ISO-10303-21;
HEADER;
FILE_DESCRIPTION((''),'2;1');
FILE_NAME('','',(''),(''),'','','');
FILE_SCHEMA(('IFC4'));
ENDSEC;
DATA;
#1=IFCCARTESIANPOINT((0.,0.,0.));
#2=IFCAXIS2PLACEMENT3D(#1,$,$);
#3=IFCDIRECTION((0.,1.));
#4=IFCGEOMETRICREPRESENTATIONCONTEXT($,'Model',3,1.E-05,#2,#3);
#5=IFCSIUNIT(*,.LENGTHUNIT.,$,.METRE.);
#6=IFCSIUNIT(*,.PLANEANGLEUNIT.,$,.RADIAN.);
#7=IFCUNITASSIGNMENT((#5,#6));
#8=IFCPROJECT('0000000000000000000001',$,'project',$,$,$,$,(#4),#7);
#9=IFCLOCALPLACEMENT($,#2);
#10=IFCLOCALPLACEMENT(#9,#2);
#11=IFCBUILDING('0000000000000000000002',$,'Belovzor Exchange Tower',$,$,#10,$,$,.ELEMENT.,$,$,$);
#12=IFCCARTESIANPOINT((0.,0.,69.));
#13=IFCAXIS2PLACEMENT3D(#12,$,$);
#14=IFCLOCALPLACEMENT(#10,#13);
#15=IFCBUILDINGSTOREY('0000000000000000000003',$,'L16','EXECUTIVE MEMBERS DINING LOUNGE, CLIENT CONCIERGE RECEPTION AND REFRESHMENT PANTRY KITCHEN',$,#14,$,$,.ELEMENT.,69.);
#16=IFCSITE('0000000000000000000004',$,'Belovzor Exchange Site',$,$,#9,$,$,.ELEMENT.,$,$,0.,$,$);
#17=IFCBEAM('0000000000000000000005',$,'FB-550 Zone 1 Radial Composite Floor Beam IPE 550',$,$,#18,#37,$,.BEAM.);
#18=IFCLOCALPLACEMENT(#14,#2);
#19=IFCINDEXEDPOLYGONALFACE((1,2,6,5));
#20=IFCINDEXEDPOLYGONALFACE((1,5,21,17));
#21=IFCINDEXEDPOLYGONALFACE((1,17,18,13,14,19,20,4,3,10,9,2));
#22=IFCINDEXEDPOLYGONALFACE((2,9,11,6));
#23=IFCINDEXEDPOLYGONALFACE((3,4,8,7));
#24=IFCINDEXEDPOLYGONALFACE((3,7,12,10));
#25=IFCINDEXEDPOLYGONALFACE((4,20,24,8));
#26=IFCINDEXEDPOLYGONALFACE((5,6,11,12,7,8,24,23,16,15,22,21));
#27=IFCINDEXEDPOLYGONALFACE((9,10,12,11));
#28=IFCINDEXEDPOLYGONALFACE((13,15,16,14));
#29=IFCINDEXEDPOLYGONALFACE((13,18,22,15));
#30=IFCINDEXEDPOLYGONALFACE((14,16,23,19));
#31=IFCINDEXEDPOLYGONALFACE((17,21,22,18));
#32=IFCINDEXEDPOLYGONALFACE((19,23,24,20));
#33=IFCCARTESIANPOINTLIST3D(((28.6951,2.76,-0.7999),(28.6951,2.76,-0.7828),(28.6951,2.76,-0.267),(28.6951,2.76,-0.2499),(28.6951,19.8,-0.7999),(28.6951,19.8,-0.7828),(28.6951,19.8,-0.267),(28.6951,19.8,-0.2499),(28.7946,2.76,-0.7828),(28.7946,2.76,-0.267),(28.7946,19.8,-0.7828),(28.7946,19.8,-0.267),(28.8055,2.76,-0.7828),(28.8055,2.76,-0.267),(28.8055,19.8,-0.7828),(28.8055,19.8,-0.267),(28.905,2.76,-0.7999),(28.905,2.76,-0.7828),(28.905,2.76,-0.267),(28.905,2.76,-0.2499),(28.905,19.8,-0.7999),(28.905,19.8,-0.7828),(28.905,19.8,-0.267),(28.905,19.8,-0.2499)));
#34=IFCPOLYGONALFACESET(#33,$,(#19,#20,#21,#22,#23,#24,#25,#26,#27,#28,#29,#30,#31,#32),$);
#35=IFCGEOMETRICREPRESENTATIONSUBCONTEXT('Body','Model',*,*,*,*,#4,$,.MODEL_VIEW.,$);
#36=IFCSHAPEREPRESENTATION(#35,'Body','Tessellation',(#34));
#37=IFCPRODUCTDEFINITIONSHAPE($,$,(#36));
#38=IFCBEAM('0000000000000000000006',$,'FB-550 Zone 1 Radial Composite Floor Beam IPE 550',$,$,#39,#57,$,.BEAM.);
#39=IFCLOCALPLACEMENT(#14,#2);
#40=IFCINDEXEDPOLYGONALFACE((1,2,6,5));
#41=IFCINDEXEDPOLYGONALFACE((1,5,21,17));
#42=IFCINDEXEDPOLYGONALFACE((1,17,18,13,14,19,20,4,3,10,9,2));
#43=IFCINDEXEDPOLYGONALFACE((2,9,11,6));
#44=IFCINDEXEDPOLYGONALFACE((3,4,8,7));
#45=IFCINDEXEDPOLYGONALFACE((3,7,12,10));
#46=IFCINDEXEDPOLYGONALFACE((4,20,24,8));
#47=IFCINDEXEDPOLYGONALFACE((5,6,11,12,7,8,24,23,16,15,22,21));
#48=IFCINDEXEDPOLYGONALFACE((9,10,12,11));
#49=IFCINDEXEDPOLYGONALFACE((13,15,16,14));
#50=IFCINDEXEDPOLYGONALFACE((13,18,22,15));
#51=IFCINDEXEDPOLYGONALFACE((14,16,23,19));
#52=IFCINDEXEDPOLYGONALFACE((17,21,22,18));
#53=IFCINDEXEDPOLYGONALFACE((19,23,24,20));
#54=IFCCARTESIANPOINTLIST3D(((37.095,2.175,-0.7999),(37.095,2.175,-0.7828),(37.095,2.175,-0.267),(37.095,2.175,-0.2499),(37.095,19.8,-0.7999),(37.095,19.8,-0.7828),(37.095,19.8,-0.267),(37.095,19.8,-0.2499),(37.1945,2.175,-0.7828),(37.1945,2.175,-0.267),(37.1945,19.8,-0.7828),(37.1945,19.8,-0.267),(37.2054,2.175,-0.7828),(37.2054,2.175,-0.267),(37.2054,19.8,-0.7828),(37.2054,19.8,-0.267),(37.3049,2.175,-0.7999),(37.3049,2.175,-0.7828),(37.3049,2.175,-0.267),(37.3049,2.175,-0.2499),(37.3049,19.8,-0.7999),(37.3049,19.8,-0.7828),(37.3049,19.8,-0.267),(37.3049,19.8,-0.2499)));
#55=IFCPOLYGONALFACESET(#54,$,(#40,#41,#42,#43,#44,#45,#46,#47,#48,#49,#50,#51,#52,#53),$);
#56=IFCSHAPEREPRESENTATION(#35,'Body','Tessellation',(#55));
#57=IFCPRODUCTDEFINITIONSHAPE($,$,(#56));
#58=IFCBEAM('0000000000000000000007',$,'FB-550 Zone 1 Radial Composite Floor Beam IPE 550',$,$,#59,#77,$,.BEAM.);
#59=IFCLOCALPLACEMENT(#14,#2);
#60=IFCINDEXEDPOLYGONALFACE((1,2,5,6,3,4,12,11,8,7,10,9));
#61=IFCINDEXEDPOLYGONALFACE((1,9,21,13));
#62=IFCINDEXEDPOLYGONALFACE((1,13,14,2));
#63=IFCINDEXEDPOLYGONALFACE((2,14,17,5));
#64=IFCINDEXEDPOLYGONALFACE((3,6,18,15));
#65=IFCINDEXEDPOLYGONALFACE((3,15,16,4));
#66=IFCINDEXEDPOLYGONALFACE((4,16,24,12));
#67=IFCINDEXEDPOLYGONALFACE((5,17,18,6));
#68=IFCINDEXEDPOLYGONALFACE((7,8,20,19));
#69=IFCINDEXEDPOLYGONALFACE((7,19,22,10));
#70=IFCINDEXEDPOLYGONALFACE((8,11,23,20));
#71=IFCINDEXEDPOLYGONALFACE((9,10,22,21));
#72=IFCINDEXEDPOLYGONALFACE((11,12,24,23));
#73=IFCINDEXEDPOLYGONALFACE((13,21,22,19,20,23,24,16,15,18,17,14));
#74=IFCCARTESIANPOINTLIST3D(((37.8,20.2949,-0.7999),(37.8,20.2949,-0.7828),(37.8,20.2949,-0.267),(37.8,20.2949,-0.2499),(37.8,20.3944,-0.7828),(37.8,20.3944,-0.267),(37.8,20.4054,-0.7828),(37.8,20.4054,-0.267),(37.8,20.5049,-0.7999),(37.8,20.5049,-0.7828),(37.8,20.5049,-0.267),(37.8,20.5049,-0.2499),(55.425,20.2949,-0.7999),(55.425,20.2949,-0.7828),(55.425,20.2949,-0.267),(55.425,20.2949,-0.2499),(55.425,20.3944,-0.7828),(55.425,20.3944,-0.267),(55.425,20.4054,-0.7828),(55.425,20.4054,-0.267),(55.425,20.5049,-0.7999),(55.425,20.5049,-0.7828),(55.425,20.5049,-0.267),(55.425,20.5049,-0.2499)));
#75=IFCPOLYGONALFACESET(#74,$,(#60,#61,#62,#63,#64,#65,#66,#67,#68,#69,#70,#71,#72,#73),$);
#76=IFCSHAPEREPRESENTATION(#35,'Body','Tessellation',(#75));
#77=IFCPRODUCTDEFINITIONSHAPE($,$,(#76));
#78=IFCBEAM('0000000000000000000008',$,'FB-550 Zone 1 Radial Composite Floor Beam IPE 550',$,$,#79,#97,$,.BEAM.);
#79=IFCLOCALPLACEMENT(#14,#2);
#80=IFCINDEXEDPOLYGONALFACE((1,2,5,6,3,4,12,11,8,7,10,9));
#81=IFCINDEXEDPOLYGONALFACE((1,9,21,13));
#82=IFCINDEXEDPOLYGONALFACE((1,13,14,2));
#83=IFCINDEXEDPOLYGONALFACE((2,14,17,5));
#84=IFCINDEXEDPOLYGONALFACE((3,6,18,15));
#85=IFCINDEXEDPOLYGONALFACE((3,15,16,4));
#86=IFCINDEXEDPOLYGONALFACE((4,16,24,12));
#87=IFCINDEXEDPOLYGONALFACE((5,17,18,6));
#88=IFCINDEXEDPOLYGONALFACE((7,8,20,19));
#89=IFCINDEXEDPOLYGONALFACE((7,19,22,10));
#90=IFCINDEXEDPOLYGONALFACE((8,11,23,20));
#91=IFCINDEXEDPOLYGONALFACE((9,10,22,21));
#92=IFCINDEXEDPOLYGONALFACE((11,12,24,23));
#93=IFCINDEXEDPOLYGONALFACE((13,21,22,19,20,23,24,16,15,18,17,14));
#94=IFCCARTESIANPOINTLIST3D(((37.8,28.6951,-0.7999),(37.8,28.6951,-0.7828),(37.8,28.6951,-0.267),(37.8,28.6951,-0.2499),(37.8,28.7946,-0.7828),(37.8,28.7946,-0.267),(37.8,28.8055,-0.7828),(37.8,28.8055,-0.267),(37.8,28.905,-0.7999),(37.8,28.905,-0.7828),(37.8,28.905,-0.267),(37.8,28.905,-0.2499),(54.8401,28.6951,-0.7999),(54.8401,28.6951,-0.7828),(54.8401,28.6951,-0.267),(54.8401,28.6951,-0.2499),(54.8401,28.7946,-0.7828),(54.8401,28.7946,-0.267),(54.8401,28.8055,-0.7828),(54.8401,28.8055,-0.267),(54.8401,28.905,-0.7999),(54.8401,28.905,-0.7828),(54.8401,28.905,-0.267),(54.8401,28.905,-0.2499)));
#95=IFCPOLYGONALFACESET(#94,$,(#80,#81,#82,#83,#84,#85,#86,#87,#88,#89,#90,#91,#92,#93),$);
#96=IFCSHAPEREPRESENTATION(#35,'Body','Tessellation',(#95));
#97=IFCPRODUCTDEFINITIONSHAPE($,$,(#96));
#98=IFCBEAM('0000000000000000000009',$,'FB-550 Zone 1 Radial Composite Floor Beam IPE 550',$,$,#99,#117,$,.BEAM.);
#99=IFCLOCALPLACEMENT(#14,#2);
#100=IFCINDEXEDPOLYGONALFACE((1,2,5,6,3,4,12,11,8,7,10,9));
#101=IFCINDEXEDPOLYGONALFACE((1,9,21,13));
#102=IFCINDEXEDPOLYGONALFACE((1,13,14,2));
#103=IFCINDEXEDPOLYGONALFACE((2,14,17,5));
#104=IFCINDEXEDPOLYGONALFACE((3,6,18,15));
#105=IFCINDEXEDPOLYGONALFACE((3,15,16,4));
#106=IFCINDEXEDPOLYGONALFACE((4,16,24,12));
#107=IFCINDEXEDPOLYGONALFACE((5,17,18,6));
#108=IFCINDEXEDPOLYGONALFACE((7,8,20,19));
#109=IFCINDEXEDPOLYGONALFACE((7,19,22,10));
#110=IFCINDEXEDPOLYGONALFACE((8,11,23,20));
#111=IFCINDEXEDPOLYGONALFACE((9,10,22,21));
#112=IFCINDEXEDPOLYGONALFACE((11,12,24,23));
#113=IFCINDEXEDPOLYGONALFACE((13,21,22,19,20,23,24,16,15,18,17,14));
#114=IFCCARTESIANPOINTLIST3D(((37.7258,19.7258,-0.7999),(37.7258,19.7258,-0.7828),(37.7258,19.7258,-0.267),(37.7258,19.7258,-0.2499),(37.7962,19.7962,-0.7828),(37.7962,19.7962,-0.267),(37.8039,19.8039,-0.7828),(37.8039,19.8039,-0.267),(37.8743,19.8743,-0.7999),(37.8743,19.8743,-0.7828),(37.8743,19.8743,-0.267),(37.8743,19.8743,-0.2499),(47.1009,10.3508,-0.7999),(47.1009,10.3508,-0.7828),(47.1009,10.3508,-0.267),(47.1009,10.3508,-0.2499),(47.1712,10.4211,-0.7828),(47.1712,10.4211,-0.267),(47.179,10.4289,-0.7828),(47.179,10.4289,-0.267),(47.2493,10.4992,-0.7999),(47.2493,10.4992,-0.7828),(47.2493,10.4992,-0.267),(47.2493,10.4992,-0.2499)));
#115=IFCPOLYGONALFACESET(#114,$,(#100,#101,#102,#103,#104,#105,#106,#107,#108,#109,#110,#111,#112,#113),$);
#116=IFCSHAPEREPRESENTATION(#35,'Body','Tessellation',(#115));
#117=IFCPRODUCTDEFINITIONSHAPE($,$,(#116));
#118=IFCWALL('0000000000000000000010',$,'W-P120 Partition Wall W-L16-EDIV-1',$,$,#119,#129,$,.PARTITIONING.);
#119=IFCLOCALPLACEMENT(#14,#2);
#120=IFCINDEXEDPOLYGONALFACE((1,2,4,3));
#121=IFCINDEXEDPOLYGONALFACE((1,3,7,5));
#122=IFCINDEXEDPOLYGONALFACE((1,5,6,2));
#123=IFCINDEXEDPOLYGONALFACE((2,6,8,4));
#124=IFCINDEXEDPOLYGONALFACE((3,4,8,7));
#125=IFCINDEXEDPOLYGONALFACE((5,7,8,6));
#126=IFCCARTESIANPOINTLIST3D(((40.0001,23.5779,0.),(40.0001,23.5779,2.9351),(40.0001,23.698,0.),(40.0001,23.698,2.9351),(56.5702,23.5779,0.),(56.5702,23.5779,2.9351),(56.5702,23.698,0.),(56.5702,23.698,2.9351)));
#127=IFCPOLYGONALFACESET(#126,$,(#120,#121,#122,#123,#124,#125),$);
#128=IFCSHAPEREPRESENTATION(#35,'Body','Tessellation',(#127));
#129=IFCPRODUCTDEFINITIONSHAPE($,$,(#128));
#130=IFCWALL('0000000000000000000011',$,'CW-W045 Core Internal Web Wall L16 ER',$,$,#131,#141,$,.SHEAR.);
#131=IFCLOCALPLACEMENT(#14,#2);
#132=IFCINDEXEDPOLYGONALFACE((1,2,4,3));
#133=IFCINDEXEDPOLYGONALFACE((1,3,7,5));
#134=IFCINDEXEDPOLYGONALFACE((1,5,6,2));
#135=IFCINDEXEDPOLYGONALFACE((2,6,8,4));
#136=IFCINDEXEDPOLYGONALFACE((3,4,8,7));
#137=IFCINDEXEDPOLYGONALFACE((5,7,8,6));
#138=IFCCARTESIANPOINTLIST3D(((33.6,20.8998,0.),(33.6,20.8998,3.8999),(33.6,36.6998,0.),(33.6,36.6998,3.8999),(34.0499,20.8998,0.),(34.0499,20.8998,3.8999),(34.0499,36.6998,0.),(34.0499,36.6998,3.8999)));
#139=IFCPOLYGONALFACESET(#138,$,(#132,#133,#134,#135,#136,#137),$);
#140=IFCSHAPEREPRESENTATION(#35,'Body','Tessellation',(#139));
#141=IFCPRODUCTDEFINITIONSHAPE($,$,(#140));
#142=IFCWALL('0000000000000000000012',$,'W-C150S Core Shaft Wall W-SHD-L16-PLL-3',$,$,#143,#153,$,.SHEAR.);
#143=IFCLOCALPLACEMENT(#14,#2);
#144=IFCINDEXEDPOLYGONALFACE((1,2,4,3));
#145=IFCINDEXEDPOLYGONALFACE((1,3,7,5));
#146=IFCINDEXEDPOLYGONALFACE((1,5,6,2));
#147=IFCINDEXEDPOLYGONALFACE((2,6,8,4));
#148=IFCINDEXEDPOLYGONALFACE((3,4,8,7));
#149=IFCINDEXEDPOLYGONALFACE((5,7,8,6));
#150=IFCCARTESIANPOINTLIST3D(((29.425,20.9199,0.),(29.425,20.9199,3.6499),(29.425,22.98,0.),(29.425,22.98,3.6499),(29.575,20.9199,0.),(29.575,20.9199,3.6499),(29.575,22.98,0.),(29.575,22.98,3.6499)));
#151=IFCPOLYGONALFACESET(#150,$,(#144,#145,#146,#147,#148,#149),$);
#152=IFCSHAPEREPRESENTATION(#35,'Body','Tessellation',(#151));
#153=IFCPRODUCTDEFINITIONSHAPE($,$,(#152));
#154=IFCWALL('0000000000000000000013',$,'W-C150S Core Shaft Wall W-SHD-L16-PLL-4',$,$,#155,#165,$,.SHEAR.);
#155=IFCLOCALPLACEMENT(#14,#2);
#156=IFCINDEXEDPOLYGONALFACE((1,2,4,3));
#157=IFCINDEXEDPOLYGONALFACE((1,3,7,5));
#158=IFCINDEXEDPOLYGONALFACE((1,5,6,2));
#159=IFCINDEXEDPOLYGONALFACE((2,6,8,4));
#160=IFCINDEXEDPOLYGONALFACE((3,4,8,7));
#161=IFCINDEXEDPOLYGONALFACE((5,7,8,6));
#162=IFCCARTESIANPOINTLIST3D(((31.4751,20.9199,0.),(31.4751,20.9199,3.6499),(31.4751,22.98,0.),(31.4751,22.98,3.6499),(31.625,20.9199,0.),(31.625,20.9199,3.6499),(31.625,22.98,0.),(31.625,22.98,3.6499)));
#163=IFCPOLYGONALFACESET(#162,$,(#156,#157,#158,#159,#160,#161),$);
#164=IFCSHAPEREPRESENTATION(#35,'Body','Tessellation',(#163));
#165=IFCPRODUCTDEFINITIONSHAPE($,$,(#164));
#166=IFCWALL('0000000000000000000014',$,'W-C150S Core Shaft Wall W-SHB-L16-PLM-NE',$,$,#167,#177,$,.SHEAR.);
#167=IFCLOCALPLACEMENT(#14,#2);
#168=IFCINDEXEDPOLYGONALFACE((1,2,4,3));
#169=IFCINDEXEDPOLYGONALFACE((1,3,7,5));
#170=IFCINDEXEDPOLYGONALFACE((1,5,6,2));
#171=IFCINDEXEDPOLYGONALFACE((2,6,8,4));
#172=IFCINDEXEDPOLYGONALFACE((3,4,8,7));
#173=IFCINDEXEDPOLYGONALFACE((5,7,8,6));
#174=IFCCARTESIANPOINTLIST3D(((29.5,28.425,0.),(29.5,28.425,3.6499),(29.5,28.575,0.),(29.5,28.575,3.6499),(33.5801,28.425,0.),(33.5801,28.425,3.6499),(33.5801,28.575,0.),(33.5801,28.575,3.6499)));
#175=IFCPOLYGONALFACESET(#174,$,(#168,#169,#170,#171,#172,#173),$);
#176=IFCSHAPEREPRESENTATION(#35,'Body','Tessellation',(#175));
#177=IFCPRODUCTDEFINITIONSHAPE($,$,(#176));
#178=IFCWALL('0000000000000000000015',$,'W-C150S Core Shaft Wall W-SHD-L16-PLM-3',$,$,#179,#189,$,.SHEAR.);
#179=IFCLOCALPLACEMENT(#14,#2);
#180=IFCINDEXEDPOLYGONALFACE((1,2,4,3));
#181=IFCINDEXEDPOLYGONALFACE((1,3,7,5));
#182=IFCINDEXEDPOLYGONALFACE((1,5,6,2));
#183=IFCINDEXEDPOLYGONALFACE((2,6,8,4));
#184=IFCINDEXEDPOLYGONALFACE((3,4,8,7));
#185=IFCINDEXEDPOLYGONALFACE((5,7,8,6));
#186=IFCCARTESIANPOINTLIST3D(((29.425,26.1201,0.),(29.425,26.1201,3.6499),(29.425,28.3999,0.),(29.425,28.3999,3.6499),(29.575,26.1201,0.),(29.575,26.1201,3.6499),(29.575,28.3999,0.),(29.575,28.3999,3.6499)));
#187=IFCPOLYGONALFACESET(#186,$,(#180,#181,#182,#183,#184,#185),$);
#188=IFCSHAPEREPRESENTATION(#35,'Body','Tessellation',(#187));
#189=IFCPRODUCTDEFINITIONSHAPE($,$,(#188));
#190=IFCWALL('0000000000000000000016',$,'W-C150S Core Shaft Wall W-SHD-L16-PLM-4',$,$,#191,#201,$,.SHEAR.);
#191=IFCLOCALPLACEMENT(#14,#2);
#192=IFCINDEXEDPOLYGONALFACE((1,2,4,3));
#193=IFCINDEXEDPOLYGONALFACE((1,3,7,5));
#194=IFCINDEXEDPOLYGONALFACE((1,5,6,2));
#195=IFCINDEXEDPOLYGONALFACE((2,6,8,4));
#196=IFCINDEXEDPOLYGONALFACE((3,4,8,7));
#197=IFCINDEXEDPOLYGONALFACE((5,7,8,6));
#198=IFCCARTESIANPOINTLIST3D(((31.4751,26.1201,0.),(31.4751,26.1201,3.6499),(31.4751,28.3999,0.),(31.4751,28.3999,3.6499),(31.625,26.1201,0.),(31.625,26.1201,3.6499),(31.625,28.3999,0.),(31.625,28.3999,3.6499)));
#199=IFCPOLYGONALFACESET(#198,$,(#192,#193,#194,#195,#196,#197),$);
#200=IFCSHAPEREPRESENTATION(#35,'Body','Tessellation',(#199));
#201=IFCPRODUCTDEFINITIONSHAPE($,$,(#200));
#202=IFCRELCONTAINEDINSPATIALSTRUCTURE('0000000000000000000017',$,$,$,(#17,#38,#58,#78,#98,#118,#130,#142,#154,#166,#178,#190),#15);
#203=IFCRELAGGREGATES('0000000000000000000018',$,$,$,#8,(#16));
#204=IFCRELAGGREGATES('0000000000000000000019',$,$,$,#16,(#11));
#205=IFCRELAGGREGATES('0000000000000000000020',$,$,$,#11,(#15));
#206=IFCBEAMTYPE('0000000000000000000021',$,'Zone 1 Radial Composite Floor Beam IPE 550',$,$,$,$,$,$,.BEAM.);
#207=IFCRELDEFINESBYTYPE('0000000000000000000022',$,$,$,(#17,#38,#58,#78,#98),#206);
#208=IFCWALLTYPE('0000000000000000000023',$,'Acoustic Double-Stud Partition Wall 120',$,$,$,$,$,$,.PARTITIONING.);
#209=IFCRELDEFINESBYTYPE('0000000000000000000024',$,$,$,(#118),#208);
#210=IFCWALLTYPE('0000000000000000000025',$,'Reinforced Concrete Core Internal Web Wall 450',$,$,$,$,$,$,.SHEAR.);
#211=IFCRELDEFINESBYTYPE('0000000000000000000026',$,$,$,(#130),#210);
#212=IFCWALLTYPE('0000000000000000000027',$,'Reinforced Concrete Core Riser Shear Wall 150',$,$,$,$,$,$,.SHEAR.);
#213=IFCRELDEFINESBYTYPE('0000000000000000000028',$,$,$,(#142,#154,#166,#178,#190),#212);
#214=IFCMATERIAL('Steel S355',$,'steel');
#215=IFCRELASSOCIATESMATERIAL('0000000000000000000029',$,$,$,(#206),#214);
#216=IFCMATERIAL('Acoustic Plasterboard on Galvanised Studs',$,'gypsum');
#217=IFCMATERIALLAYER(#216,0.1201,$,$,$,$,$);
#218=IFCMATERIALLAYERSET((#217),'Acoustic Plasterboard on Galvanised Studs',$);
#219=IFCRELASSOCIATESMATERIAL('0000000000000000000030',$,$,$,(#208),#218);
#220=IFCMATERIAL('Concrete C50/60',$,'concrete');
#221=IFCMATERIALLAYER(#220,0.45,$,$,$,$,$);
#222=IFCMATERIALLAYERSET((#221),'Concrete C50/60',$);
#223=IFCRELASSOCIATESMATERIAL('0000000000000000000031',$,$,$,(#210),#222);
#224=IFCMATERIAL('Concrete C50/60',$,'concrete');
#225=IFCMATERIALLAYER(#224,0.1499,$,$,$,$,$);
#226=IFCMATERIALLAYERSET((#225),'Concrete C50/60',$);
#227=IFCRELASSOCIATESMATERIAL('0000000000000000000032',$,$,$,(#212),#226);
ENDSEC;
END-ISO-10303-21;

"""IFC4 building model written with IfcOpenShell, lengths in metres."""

from ifc_helpers import new_model, si_unit, direction, frame, frame_2d, origin, origin_2d, place, context, subcontext, project, spatial, rectangle, i_section, extrude, material, layer, layer_set, material_profile, profile_set, type_object, element, save


model = new_model("IFC4")

# Units and contexts
model_context = context("Model", 3, precision=1e-05, world=origin(), true_north=direction((0.0, 1.0)))
body_context = subcontext(model_context, "Body", "Model", "MODEL_VIEW")
ifc_project = project(units=[si_unit("LENGTHUNIT", "METRE"), si_unit("PLANEANGLEUNIT", "RADIAN")], contexts=[model_context])

# Site, building, storey
site_placement = place(None, origin())
site = spatial("IfcSite", under=ifc_project, at=site_placement, Name="Belovzor Exchange Site", CompositionType="ELEMENT", RefElevation=0.0)
building_placement = place(site_placement, origin())
building = spatial("IfcBuilding", under=site, at=building_placement, Name="Belovzor Exchange Tower", CompositionType="ELEMENT")
storey_placement = place(building_placement, frame((0.0, 0.0, 69.0)))
storey = spatial("IfcBuildingStorey", under=building, at=storey_placement, Name="L16", Description="EXECUTIVE MEMBERS DINING LOUNGE, CLIENT CONCIERGE RECEPTION AND REFRESHMENT PANTRY KITCHEN", CompositionType="ELEMENT", Elevation=69.0)

# Beams
ifc_material_1 = material(Name="Steel S355", Category="steel")
ifc_material_profile = material_profile(ifc_material_1, i_section(OverallWidth=0.21, OverallDepth=0.55, WebThickness=0.011, FlangeThickness=0.0171, at=origin_2d()))
ifc_profile_set = profile_set([ifc_material_profile], Name="Steel S355")
beam_type = type_object("IfcBeamType", Name="Zone 1 Radial Composite Floor Beam IPE 550", PredefinedType="BEAM", material=ifc_profile_set)
beam_1_placement = place(storey_placement, frame((28.8, 19.8, -0.5249), z_axis=(0.0, -1.0, 0.0), x_axis=(1.0, 0.0, 0.0)))
element("IfcBeam", 1, at=beam_1_placement, inside=storey, type_object=beam_type, Name="FB-550 Zone 1 Radial Composite Floor Beam IPE 550", PredefinedType="BEAM", context=body_context, shape_type="SweptSolid", body=[
    extrude(i_section(OverallWidth=0.21, OverallDepth=0.55, WebThickness=0.011, FlangeThickness=0.0171, at=origin_2d()), origin(), (0.0, 0.0, 1.0), 17.04),
])
for number, where, z_axis, x_axis, name in (
    (2, (37.2, 19.8, -0.5249), (0.0, -1.0, 0.0), (1.0, 0.0, 0.0), "FB-550 Zone 1 Radial Composite Floor Beam IPE 550"),
    (3, (37.8, 20.3999, -0.5249), (1.0, 0.0, 0.0), (0.0, 1.0, 0.0), "FB-550 Zone 1 Radial Composite Floor Beam IPE 550"),
):
    element("IfcBeam", number, at=place(storey_placement, frame(where, z_axis=z_axis, x_axis=x_axis)), inside=storey, type_object=beam_type, Name=name, PredefinedType="BEAM", context=body_context, shape_type="SweptSolid", body=[
        extrude(i_section(OverallWidth=0.21, OverallDepth=0.55, WebThickness=0.011, FlangeThickness=0.0171, at=origin_2d()), origin(), (0.0, 0.0, 1.0), 17.625),
    ])
beam_2_placement = place(storey_placement, frame((37.8, 28.8, -0.5249), z_axis=(1.0, 0.0, 0.0), x_axis=(0.0, 1.0, 0.0)))
element("IfcBeam", 4, at=beam_2_placement, inside=storey, type_object=beam_type, Name="FB-550 Zone 1 Radial Composite Floor Beam IPE 550", PredefinedType="BEAM", context=body_context, shape_type="SweptSolid", body=[
    extrude(i_section(OverallWidth=0.21, OverallDepth=0.55, WebThickness=0.011, FlangeThickness=0.0171, at=origin_2d()), origin(), (0.0, 0.0, 1.0), 17.04),
])
beam_3_placement = place(storey_placement, frame((37.8, 19.8, -0.5249), z_axis=(0.707107, -0.707107, 0.0), x_axis=(0.707107, 0.707107, 0.0)))
element("IfcBeam", 5, at=beam_3_placement, inside=storey, type_object=beam_type, Name="FB-550 Zone 1 Radial Composite Floor Beam IPE 550", PredefinedType="BEAM", context=body_context, shape_type="SweptSolid", body=[
    extrude(i_section(OverallWidth=0.21, OverallDepth=0.55, WebThickness=0.011, FlangeThickness=0.0171, at=origin_2d()), origin(), (0.0, 0.0, 1.0), 13.2583),
])

# Walls
ifc_material_2 = material(Name="Acoustic Plasterboard on Galvanised Studs", Category="gypsum")
ifc_layer_1 = layer(ifc_material_2, 0.1201)
ifc_layer_set_1 = layer_set([ifc_layer_1], Name="Acoustic Plasterboard on Galvanised Studs")
wall_type_1 = type_object("IfcWallType", Name="Acoustic Double-Stud Partition Wall 120", PredefinedType="PARTITIONING", material=ifc_layer_set_1)
wall_1_placement = place(storey_placement, frame((40.0, 23.6379, 0.0), z_axis=(0.0, 0.0, 1.0), x_axis=(1.0, 0.0, 0.0)))
element("IfcWall", 6, at=wall_1_placement, inside=storey, type_object=wall_type_1, Name="W-P120 Partition Wall W-L16-EDIV-1", PredefinedType="PARTITIONING", context=body_context, shape_type="SweptSolid", body=[
    extrude(rectangle(XDim=16.5701, YDim=0.1201, at=frame_2d((8.2852, 0.0))), origin(), (0.0, 0.0, 1.0), 2.9351),
])
ifc_material_3 = material(Name="Concrete C50/60", Category="concrete")
ifc_layer_2 = layer(ifc_material_3, 0.45)
ifc_layer_set_2 = layer_set([ifc_layer_2], Name="Concrete C50/60")
wall_type_2 = type_object("IfcWallType", Name="Reinforced Concrete Core Internal Web Wall 450", PredefinedType="SHEAR", material=ifc_layer_set_2)
wall_2_placement = place(storey_placement, frame((33.825, 20.8999, 0.0), z_axis=(0.0, 0.0, 1.0), x_axis=(0.0, 1.0, 0.0)))
element("IfcWall", 7, at=wall_2_placement, inside=storey, type_object=wall_type_2, Name="CW-W045 Core Internal Web Wall L16 ER", PredefinedType="SHEAR", context=body_context, shape_type="SweptSolid", body=[
    extrude(rectangle(XDim=15.8, YDim=0.45, at=frame_2d((7.8999, 0.0))), origin(), (0.0, 0.0, 1.0), 3.8999),
])
ifc_material_4 = material(Name="Concrete C50/60", Category="concrete")
ifc_layer_3 = layer(ifc_material_4, 0.1499)
ifc_layer_set_3 = layer_set([ifc_layer_3], Name="Concrete C50/60")
wall_type_3 = type_object("IfcWallType", Name="Reinforced Concrete Core Riser Shear Wall 150", PredefinedType="SHEAR", material=ifc_layer_set_3)
for number, where, z_axis, x_axis, name in (
    (8, (29.5, 20.9199, 0.0), (0.0, 0.0, 1.0), (0.0, 1.0, 0.0), "W-C150S Core Shaft Wall W-SHD-L16-PLL-3"),
    (9, (31.55, 20.9199, 0.0), (0.0, 0.0, 1.0), (0.0, 1.0, 0.0), "W-C150S Core Shaft Wall W-SHD-L16-PLL-4"),
):
    element("IfcWall", number, at=place(storey_placement, frame(where, z_axis=z_axis, x_axis=x_axis)), inside=storey, type_object=wall_type_3, Name=name, PredefinedType="SHEAR", context=body_context, shape_type="SweptSolid", body=[
        extrude(rectangle(XDim=2.0601, YDim=0.1499, at=frame_2d((1.03, 0.0))), origin(), (0.0, 0.0, 1.0), 3.6499),
    ])
wall_3_placement = place(storey_placement, frame((29.5, 28.5, 0.0), z_axis=(0.0, 0.0, 1.0), x_axis=(1.0, 0.0, 0.0)))
element("IfcWall", 10, at=wall_3_placement, inside=storey, type_object=wall_type_3, Name="W-C150S Core Shaft Wall W-SHB-L16-PLM-NE", PredefinedType="SHEAR", context=body_context, shape_type="SweptSolid", body=[
    extrude(rectangle(XDim=4.0801, YDim=0.1499, at=frame_2d((2.04, 0.0))), origin(), (0.0, 0.0, 1.0), 3.6499),
])
for number, where, z_axis, x_axis, name in (
    (11, (29.5, 26.1201, 0.0), (0.0, 0.0, 1.0), (0.0, 1.0, 0.0), "W-C150S Core Shaft Wall W-SHD-L16-PLM-3"),
    (12, (31.55, 26.1201, 0.0), (0.0, 0.0, 1.0), (0.0, 1.0, 0.0), "W-C150S Core Shaft Wall W-SHD-L16-PLM-4"),
):
    element("IfcWall", number, at=place(storey_placement, frame(where, z_axis=z_axis, x_axis=x_axis)), inside=storey, type_object=wall_type_3, Name=name, PredefinedType="SHEAR", context=body_context, shape_type="SweptSolid", body=[
        extrude(rectangle(XDim=2.2798, YDim=0.1499, at=frame_2d((1.1399, 0.0))), origin(), (0.0, 0.0, 1.0), 3.6499),
    ])

save(model, "model.ifc")
